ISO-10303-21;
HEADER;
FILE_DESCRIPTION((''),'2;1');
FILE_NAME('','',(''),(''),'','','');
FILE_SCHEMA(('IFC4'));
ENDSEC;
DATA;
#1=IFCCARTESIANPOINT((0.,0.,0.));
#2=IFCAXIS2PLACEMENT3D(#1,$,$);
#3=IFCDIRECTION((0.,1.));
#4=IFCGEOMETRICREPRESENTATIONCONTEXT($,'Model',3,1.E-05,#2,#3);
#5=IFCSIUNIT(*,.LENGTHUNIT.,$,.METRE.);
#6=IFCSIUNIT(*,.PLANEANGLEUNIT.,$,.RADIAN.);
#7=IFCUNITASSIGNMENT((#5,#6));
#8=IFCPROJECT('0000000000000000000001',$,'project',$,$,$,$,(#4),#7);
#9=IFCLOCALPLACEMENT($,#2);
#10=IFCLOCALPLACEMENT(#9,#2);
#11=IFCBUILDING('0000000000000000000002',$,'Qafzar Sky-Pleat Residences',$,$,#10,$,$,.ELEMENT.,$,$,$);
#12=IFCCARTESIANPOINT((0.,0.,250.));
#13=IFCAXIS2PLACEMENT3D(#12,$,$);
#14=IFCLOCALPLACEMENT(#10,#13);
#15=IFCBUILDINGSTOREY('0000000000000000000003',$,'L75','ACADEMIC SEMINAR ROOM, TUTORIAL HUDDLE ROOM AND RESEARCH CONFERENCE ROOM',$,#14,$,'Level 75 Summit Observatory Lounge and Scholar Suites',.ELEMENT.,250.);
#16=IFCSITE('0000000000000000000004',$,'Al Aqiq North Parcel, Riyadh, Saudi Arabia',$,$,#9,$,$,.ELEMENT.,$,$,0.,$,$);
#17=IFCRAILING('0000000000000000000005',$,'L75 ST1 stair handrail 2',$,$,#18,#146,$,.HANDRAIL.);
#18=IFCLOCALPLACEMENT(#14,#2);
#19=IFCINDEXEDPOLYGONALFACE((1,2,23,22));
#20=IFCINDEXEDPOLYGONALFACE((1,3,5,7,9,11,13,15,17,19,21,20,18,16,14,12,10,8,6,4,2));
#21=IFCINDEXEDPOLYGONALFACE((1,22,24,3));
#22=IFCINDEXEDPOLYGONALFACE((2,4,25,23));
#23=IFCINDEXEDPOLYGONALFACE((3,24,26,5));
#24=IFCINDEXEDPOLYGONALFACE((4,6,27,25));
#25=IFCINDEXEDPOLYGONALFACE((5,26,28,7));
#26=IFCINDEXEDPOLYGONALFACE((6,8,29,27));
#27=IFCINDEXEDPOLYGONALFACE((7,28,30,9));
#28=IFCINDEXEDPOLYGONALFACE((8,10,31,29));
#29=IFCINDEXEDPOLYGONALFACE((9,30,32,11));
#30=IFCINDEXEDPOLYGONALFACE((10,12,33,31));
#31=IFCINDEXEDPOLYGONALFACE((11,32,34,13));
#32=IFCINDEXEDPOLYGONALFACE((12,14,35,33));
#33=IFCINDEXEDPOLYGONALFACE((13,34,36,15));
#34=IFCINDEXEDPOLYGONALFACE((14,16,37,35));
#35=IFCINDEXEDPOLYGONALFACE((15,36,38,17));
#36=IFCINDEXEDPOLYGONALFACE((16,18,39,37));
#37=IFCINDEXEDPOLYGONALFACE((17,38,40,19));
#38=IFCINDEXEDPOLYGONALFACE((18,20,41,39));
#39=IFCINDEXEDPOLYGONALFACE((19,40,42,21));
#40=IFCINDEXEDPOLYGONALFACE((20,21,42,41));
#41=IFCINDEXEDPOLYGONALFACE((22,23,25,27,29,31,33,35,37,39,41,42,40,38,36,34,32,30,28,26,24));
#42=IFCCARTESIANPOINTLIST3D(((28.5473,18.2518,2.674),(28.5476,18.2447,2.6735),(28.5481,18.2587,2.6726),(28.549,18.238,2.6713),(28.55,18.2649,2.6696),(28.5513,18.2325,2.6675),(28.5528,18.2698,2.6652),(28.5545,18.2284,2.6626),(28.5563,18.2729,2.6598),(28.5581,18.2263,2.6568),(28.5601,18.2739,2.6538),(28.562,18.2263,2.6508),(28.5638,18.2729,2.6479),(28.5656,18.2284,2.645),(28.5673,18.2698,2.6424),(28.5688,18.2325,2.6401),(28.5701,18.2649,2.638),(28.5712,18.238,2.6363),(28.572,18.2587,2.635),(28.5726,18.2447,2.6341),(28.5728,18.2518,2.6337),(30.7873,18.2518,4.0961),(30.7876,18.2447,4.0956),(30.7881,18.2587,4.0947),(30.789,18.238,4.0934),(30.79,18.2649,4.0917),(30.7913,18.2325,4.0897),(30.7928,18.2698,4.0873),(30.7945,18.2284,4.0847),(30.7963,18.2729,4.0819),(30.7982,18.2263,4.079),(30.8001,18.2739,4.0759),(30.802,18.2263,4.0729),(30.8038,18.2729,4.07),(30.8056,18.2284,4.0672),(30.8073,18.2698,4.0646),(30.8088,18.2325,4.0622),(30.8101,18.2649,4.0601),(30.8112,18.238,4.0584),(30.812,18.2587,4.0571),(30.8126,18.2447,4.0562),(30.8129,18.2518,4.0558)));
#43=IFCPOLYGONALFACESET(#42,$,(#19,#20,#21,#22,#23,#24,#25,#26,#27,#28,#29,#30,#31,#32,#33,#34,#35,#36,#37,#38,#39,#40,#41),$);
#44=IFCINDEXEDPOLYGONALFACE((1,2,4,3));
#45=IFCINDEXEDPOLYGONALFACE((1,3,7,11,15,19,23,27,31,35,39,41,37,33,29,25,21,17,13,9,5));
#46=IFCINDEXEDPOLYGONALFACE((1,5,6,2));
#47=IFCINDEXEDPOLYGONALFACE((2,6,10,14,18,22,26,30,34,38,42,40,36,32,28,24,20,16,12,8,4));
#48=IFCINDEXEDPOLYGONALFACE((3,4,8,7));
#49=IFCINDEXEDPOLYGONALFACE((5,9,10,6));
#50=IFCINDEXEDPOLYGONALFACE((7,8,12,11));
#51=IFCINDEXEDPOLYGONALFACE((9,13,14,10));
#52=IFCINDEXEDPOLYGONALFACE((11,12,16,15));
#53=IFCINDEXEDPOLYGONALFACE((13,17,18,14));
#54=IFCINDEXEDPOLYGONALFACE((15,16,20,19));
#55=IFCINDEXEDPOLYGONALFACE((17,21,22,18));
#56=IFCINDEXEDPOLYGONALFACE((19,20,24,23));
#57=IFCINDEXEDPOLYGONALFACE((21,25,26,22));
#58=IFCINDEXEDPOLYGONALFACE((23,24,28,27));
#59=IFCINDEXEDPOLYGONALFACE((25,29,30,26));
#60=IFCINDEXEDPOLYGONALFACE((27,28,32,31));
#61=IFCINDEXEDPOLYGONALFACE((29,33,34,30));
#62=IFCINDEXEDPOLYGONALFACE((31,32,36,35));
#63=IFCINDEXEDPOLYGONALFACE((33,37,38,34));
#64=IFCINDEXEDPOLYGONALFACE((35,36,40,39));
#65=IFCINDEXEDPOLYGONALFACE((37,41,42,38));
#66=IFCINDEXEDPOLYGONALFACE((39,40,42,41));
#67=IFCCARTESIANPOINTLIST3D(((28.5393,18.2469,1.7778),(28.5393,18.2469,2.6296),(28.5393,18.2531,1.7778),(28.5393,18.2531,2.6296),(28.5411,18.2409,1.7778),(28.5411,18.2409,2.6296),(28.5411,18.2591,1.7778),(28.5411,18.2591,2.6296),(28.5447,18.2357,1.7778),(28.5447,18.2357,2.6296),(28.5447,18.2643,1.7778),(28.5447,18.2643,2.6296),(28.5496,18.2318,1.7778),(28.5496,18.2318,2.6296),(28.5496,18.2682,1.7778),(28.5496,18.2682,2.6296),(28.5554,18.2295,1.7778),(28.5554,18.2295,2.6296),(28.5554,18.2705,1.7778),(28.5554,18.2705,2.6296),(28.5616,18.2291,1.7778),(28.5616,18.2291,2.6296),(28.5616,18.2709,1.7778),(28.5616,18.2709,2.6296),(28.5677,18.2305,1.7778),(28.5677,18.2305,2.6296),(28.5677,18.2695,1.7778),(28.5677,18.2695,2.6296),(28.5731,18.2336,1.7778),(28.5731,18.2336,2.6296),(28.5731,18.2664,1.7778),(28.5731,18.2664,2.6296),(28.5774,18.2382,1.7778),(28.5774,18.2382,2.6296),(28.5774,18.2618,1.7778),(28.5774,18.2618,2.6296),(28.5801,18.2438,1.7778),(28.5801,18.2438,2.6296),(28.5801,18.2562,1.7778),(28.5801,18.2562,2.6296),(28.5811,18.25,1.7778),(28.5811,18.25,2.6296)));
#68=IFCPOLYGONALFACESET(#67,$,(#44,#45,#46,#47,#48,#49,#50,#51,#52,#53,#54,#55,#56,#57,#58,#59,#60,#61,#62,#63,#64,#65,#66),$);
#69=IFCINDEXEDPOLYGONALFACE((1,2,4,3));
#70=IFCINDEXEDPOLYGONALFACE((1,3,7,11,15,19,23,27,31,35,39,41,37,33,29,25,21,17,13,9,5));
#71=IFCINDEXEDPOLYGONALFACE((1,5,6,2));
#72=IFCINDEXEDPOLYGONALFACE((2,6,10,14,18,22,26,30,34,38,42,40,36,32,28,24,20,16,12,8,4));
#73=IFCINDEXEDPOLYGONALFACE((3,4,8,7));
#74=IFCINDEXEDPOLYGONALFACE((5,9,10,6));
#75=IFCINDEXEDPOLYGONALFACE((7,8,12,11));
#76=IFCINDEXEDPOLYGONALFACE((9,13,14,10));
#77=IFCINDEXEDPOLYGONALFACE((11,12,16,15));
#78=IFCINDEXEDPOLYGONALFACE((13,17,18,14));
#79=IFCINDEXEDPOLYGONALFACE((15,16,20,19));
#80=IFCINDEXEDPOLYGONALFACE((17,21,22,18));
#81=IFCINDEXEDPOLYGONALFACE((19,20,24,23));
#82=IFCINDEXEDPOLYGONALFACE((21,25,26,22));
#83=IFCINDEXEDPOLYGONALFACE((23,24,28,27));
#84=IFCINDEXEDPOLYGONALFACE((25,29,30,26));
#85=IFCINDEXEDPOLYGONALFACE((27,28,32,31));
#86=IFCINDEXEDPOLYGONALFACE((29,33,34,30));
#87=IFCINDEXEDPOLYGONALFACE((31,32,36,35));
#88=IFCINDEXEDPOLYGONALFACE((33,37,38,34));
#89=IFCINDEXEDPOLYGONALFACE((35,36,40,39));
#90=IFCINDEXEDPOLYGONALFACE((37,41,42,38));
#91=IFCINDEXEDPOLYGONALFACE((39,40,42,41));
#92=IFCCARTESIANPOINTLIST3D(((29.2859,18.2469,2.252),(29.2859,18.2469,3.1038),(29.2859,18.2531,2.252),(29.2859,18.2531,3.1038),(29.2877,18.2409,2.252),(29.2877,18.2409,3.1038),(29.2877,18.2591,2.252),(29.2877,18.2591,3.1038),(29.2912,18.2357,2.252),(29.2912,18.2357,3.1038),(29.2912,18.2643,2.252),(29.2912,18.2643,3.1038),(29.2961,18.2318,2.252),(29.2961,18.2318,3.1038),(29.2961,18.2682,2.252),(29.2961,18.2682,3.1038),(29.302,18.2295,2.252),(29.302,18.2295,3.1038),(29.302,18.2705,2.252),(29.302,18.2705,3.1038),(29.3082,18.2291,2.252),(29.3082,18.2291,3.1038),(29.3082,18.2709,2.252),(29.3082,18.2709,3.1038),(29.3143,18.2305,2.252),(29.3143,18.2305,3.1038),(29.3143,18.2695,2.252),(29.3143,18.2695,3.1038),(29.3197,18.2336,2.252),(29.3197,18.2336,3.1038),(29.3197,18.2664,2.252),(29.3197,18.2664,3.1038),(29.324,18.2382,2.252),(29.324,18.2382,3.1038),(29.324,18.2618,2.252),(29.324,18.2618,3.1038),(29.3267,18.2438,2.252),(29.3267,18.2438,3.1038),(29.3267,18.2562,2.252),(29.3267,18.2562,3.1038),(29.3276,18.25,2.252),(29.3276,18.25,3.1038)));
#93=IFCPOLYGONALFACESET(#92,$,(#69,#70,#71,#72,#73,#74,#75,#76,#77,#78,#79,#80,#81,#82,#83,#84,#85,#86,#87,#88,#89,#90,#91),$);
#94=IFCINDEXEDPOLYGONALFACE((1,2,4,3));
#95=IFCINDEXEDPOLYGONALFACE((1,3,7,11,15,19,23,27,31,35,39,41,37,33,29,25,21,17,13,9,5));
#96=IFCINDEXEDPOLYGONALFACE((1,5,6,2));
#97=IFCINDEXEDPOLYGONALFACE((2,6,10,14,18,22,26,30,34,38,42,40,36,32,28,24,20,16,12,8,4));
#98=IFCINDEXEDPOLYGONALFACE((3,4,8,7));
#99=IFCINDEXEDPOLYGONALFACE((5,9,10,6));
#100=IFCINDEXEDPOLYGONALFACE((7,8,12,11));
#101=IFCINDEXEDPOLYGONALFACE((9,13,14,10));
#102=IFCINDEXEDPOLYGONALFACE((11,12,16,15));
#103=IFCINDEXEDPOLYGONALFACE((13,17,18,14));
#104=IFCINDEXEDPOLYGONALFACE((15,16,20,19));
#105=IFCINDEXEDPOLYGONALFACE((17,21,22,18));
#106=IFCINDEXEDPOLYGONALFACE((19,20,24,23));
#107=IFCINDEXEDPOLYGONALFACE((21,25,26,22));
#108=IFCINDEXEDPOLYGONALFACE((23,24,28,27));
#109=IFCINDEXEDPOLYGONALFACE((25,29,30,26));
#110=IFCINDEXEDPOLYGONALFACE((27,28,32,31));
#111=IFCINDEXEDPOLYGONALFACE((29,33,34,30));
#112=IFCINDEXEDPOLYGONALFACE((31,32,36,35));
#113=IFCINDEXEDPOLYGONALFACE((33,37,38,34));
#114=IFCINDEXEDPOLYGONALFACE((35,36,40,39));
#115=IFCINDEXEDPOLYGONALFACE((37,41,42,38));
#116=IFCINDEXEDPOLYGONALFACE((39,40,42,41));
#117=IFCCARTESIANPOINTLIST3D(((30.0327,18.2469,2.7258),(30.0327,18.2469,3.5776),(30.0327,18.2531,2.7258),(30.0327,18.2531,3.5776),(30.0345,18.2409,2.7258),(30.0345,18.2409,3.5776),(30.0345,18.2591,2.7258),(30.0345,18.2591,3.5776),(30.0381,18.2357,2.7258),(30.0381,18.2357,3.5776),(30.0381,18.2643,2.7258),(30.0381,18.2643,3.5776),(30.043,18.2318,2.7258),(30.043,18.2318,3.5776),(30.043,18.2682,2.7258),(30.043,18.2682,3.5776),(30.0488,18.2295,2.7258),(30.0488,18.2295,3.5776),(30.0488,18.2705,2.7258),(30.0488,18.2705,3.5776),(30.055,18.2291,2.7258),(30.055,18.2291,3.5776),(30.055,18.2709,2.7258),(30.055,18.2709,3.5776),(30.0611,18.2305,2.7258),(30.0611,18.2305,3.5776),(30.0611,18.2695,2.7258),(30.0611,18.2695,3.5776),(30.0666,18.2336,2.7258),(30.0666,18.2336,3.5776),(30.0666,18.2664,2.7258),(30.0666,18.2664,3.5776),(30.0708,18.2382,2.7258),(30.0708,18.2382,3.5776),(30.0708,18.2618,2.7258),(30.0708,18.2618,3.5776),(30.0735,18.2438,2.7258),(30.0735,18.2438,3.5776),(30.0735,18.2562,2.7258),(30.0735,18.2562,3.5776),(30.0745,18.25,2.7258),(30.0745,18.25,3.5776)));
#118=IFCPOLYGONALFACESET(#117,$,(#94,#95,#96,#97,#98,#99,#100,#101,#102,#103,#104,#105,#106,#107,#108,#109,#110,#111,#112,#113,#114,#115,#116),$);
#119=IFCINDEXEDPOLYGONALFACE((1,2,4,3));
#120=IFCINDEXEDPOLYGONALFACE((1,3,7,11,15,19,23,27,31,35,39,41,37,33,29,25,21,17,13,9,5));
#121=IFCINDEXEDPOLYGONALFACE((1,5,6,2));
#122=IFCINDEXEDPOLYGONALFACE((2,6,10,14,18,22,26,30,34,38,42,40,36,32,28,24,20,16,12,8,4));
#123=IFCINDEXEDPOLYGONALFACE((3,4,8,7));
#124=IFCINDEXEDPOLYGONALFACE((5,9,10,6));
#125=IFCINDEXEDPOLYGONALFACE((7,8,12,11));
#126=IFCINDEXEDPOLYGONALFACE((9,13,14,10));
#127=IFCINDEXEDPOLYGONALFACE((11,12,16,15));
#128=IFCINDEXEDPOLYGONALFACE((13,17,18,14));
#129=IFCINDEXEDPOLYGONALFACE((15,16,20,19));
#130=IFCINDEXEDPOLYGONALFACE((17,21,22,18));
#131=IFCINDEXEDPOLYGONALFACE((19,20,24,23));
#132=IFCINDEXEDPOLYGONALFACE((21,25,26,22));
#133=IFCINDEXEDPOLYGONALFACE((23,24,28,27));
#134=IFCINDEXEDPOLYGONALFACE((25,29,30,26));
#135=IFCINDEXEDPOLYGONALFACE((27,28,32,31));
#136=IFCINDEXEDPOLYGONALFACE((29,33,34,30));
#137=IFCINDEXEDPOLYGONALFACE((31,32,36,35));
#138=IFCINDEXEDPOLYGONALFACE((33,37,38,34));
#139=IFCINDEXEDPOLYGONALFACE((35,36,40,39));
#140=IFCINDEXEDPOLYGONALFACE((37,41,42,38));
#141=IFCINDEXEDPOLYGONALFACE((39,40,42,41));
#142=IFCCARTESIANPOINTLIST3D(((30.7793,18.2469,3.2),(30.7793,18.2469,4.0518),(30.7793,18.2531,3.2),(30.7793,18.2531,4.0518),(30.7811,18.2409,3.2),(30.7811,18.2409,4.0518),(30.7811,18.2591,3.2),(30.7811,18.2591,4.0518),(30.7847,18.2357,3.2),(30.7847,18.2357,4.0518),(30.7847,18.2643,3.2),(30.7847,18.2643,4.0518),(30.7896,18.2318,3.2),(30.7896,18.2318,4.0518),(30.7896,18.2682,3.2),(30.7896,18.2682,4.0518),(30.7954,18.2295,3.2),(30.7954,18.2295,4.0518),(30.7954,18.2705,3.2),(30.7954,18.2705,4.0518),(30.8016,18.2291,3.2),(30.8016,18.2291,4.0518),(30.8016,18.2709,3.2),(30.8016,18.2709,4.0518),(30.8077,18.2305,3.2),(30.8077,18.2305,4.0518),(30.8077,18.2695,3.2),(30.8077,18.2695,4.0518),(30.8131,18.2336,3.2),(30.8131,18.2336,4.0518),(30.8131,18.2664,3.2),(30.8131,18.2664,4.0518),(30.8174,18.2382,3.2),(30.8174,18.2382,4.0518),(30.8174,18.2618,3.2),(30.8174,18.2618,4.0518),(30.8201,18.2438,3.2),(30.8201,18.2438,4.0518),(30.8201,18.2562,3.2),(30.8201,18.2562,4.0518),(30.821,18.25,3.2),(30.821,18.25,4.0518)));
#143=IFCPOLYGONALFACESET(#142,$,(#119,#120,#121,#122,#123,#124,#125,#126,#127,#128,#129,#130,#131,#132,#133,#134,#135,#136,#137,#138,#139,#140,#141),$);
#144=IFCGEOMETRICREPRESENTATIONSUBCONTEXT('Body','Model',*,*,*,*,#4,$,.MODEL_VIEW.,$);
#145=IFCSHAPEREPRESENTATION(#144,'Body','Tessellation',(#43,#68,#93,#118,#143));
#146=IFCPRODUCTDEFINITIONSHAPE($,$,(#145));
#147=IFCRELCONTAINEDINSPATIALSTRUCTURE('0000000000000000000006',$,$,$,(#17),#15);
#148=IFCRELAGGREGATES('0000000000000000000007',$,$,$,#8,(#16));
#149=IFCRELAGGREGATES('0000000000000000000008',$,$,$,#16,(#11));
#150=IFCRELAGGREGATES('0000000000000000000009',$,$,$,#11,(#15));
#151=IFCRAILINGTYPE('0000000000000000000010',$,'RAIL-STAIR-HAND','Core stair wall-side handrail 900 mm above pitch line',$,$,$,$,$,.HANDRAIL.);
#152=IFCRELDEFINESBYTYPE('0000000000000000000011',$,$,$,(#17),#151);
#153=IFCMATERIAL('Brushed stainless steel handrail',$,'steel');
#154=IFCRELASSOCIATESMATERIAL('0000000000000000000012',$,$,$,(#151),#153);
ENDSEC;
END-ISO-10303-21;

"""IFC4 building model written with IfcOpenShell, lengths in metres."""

from ifc_helpers import new_model, si_unit, direction, frame, origin, origin_2d, place, context, subcontext, project, spatial, circle, extrude, source, transform, mapped, material, type_object, element, save


model = new_model("IFC4")

# Units and contexts
model_context = context("Model", 3, precision=1e-05, world=origin(), true_north=direction((0.0, 1.0)))
body_context = subcontext(model_context, "Body", "Model", "MODEL_VIEW")
ifc_project = project(units=[si_unit("LENGTHUNIT", "METRE"), si_unit("PLANEANGLEUNIT", "RADIAN")], contexts=[model_context])

# Site, building, storey
site_placement = place(None, origin())
site = spatial("IfcSite", under=ifc_project, at=site_placement, Name="Al Aqiq North Parcel, Riyadh, Saudi Arabia", CompositionType="ELEMENT", RefElevation=0.0)
building_placement = place(site_placement, origin())
building = spatial("IfcBuilding", under=site, at=building_placement, Name="Qafzar Sky-Pleat Residences", CompositionType="ELEMENT")
storey_placement = place(building_placement, frame((0.0, 0.0, 250.0)))
storey = spatial("IfcBuildingStorey", under=building, at=storey_placement, Name="L75", Description="ACADEMIC SEMINAR ROOM, TUTORIAL HUDDLE ROOM AND RESEARCH CONFERENCE ROOM", LongName="Level 75 Summit Observatory Lounge and Scholar Suites", CompositionType="ELEMENT", Elevation=250.0)

# Railing
ifc_material_1 = material(Name="Brushed stainless steel handrail", Category="steel")
railing_type_1 = type_object("IfcRailingType", Name="RAIL-STAIR-HAND", Description="Core stair wall-side handrail 900 mm above pitch line", PredefinedType="HANDRAIL", material=ifc_material_1)
shared_shape_1 = source(origin(), body_context, "Body", "SweptSolid", [
    extrude(circle(Radius=0.0239, at=origin_2d()), frame((0.0, 0.0, 0.876), z_axis=(0.844229, 0.0, 0.535982), x_axis=(0.0, 1.0, 0.0)), (0.0, 0.0, 1.0), 2.6533),
    extrude(circle(Radius=0.021, at=origin_2d()), origin(), (0.0, 0.0, 1.0), 0.8518),
    extrude(circle(Radius=0.021, at=origin_2d()), frame((0.7466, 0.0, 0.4741)), (0.0, 0.0, 1.0), 0.8518),
    extrude(circle(Radius=0.021, at=origin_2d()), frame((1.4934, 0.0, 0.948)), (0.0, 0.0, 1.0), 0.8518),
    extrude(circle(Radius=0.021, at=origin_2d()), frame((2.24, 0.0, 1.4221)), (0.0, 0.0, 1.0), 0.8518),
])
railing_1_placement = place(storey_placement, frame((28.5601, 18.25, 1.7778)))
element("IfcRailing", 1, at=railing_1_placement, inside=storey, type_object=railing_type_1, Name="L75 ST1 stair handrail 2", PredefinedType="HANDRAIL", context=body_context, shape_type="MappedRepresentation", body=[
    mapped(shared_shape_1, transform((0.0, 0.0, 0.0), x_axis=(1.0, 0.0, 0.0), y_axis=(0.0, 1.0, 0.0), z_axis=(0.0, 0.0, 1.0), scale=1.0)),
])

save(model, "model.ifc")
